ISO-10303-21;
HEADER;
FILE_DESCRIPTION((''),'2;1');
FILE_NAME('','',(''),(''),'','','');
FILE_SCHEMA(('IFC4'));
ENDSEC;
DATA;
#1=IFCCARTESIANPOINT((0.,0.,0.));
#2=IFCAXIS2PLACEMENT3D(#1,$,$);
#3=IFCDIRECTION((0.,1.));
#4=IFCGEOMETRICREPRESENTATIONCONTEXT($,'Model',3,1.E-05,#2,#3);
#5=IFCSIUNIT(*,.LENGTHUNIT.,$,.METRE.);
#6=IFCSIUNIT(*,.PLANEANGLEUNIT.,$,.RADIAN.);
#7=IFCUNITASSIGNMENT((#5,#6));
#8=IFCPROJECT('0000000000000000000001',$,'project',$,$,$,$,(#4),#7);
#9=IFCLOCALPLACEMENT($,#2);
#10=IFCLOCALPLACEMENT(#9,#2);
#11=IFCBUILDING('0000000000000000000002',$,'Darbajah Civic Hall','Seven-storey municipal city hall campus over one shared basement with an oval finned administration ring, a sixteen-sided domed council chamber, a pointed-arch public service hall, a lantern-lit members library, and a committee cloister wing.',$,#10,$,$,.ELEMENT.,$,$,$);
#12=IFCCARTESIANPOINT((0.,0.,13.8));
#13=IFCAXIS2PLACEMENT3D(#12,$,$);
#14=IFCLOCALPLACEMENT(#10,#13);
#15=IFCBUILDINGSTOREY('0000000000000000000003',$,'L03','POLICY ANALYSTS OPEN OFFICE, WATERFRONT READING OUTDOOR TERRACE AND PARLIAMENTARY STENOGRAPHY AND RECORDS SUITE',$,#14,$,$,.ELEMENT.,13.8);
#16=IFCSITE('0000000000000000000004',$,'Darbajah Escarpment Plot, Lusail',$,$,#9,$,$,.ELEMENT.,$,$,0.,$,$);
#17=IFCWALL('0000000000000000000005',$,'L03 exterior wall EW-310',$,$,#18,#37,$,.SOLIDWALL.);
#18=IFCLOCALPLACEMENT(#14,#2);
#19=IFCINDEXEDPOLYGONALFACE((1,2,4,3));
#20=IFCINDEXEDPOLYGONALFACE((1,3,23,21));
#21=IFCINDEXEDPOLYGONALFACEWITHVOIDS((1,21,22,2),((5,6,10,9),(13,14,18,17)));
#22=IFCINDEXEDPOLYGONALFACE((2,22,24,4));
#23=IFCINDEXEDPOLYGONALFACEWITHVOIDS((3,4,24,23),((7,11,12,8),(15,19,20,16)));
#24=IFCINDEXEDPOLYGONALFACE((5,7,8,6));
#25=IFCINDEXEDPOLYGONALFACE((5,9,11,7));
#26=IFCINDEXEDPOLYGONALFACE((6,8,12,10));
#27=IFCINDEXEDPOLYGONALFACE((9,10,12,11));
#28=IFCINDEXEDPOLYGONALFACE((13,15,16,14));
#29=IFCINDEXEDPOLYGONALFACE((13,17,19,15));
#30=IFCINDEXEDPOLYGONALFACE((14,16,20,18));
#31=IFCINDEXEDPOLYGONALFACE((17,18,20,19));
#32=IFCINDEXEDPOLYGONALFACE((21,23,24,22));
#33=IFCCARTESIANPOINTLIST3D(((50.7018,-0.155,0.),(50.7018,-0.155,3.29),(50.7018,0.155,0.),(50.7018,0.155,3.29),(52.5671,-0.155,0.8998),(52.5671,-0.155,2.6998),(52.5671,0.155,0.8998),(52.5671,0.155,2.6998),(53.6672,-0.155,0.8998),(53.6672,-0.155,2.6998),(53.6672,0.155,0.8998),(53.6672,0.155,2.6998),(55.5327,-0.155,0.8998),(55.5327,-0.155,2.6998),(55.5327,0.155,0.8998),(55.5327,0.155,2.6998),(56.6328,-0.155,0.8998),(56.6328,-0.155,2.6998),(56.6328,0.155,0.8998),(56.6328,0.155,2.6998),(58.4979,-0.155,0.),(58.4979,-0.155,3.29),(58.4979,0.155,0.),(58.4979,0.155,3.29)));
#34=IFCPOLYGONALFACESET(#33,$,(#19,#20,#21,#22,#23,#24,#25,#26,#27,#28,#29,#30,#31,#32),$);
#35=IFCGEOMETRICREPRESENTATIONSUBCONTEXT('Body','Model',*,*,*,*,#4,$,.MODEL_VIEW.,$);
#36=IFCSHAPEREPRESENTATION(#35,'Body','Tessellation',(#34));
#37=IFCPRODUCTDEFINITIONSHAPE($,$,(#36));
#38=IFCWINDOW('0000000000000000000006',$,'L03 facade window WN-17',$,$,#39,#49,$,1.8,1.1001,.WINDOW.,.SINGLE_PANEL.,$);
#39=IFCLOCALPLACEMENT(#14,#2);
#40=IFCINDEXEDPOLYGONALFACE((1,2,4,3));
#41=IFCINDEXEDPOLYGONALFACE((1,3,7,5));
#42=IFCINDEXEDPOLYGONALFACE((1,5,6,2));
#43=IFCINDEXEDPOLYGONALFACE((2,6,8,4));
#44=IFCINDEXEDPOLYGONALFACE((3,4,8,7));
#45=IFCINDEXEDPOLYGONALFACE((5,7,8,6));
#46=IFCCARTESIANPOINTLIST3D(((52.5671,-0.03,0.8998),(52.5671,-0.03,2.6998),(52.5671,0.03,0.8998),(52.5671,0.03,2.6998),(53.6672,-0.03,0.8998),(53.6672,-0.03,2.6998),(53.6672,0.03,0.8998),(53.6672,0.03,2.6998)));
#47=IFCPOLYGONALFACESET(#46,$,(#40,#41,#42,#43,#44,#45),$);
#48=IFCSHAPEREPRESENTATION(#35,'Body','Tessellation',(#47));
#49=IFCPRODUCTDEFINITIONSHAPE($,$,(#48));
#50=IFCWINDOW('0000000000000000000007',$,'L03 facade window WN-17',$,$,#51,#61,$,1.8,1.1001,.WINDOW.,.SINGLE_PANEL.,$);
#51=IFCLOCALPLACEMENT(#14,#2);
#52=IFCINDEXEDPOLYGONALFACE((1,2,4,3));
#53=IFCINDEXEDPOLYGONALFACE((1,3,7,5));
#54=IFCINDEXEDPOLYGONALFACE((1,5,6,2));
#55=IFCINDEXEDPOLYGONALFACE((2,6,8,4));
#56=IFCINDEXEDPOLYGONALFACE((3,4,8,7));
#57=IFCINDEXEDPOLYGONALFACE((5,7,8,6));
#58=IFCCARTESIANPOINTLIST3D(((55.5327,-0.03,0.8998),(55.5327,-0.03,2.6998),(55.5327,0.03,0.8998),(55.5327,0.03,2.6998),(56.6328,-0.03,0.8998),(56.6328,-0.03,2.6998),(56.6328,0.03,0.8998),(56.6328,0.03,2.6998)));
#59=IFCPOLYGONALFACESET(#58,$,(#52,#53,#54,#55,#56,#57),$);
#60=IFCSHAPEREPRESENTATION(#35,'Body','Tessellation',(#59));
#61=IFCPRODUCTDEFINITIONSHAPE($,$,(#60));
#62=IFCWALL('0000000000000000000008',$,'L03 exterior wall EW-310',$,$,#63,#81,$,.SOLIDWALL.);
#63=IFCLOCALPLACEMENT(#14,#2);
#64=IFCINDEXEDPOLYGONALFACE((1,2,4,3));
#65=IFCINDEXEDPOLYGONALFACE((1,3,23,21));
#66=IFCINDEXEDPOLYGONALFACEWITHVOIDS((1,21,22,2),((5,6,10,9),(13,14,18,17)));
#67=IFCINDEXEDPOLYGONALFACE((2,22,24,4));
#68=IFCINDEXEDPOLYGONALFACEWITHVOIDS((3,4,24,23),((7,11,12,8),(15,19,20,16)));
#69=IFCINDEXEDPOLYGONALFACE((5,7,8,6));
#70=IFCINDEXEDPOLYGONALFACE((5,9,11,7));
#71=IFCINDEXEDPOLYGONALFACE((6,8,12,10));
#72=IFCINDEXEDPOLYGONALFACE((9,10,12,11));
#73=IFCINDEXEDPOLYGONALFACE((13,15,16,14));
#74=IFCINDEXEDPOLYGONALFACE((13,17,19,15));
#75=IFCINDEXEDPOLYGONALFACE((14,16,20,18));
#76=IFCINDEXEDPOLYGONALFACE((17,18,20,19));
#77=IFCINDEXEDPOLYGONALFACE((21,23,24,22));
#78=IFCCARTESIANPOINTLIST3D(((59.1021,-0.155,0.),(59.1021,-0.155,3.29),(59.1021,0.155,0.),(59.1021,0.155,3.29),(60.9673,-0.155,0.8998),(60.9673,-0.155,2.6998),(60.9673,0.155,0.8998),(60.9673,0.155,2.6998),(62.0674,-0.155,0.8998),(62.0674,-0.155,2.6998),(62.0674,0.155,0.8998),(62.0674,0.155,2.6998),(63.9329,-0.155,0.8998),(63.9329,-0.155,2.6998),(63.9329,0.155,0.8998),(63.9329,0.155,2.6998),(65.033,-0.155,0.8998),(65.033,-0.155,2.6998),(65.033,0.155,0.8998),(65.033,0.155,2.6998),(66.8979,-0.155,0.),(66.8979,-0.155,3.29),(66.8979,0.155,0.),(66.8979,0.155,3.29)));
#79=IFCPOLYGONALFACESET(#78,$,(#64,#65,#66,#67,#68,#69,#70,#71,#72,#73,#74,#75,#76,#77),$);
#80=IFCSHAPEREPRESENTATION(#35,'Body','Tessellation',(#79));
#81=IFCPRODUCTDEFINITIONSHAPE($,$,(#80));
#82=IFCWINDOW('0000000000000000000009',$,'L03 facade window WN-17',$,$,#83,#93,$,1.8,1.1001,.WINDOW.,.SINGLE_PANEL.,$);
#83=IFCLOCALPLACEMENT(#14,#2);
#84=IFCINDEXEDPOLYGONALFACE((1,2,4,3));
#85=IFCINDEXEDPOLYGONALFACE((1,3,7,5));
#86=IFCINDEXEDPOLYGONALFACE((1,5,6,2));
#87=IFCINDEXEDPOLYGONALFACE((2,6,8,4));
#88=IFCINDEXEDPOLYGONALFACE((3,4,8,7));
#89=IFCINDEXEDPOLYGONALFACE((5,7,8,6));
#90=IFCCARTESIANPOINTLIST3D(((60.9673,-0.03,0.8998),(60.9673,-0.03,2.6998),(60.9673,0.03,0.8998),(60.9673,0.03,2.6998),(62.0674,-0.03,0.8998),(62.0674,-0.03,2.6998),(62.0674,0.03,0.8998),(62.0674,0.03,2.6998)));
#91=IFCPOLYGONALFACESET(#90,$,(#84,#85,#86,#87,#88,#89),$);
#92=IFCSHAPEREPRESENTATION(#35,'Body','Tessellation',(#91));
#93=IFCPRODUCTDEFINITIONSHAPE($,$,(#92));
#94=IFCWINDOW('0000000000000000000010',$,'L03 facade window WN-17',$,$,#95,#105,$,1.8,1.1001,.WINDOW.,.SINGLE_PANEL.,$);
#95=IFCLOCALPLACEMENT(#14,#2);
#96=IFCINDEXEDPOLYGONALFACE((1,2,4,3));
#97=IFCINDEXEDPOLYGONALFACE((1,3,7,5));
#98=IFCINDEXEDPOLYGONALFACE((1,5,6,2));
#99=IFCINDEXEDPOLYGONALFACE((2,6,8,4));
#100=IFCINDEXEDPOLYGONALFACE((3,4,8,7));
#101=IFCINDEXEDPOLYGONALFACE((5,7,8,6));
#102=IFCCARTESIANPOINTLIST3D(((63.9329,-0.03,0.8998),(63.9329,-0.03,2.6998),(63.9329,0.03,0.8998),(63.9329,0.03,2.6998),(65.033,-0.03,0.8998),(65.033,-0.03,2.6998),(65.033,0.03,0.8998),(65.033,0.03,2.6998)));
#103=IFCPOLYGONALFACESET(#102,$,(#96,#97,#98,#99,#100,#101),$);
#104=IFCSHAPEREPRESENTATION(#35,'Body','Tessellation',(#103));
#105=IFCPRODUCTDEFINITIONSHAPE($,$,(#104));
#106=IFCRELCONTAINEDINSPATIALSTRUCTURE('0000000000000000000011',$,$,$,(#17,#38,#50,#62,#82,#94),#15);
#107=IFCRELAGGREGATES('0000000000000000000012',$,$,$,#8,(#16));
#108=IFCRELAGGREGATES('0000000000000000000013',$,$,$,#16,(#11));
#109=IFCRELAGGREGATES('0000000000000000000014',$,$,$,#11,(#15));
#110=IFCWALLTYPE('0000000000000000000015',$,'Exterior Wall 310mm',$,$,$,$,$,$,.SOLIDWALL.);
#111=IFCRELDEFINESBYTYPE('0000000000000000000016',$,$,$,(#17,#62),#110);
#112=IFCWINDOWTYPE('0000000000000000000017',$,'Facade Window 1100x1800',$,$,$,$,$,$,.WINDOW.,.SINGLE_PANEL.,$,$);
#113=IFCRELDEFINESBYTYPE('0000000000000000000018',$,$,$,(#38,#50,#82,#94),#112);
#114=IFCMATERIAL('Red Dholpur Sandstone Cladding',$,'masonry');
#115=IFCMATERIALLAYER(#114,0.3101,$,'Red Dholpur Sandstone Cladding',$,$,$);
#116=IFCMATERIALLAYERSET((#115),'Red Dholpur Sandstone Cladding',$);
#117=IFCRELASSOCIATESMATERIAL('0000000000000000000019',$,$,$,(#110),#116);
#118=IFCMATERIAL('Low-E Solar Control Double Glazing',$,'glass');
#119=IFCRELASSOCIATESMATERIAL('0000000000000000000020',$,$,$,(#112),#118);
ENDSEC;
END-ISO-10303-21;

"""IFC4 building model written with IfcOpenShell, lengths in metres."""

from ifc_helpers import new_model, si_unit, direction, frame, frame_2d, origin, place, context, subcontext, project, spatial, rectangle, extrude, material, layer, layer_set, type_object, element, fill, save


model = new_model("IFC4")

# Units and contexts
model_context = context("Model", 3, precision=1e-05, world=origin(), true_north=direction((0.0, 1.0)))
body_context = subcontext(model_context, "Body", "Model", "MODEL_VIEW")
ifc_project = project(units=[si_unit("LENGTHUNIT", "METRE"), si_unit("PLANEANGLEUNIT", "RADIAN")], contexts=[model_context])

# Site, building, storey
site_placement = place(None, origin())
site = spatial("IfcSite", under=ifc_project, at=site_placement, Name="Darbajah Escarpment Plot, Lusail", CompositionType="ELEMENT", RefElevation=0.0)
building_placement = place(site_placement, origin())
building = spatial("IfcBuilding", under=site, at=building_placement, Name="Darbajah Civic Hall", Description="Seven-storey municipal city hall campus over one shared basement with an oval finned administration ring, a sixteen-sided domed council chamber, a pointed-arch public service hall, a lantern-lit members library, and a committee cloister wing.", CompositionType="ELEMENT")
storey_placement = place(building_placement, frame((0.0, 0.0, 13.8)))
storey = spatial("IfcBuildingStorey", under=building, at=storey_placement, Name="L03", Description="POLICY ANALYSTS OPEN OFFICE, WATERFRONT READING OUTDOOR TERRACE AND PARLIAMENTARY STENOGRAPHY AND RECORDS SUITE", CompositionType="ELEMENT", Elevation=13.8)

# Shared definitions
ifc_material_1 = material(Name="Low-E Solar Control Double Glazing", Category="glass")

# Walls, openings, windows
ifc_material_2 = material(Name="Red Dholpur Sandstone Cladding", Category="masonry")
ifc_layer_1 = layer(ifc_material_2, 0.3101, Name="Red Dholpur Sandstone Cladding")
ifc_layer_set_1 = layer_set([ifc_layer_1], Name="Red Dholpur Sandstone Cladding")
wall_type = type_object("IfcWallType", Name="Exterior Wall 310mm", PredefinedType="SOLIDWALL", material=ifc_layer_set_1)
wall_1_placement = place(storey_placement, frame((50.7019, 0.0, 0.0), z_axis=(0.0, 0.0, 1.0), x_axis=(1.0, 0.0, 0.0)))
wall_1 = element("IfcWall", 1, at=wall_1_placement, inside=storey, type_object=wall_type, Name="L03 exterior wall EW-310", PredefinedType="SOLIDWALL", context=body_context, shape_type="SweptSolid", body=[
    extrude(rectangle(XDim=7.7961, YDim=0.3101, at=frame_2d((3.8979, 0.0))), origin(), (0.0, 0.0, 1.0), 3.29),
])
opening_1_placement = place(wall_1_placement, frame((1.8652, 0.0, 0.8999)))
opening_1 = element("IfcOpeningElement", 2, at=opening_1_placement, cuts=wall_1, PredefinedType="OPENING", context=body_context, shape_type="SweptSolid", body=[
    extrude(rectangle(XDim=1.1001, YDim=1.8, at=frame_2d((0.55, 0.8999))), frame((0.0, 0.165, 0.0), z_axis=(0.0, -1.0, 0.0), x_axis=(1.0, 0.0, 0.0)), (0.0, 0.0, 1.0), 0.3301),
])
opening_2_placement = place(wall_1_placement, frame((4.8308, 0.0, 0.8999)))
opening_2 = element("IfcOpeningElement", 3, at=opening_2_placement, cuts=wall_1, PredefinedType="OPENING", context=body_context, shape_type="SweptSolid", body=[
    extrude(rectangle(XDim=1.1001, YDim=1.8, at=frame_2d((0.55, 0.8999))), frame((0.0, 0.165, 0.0), z_axis=(0.0, -1.0, 0.0), x_axis=(1.0, 0.0, 0.0)), (0.0, 0.0, 1.0), 0.3301),
])
window_type = type_object("IfcWindowType", Name="Facade Window 1100x1800", PartitioningType="SINGLE_PANEL", PredefinedType="WINDOW", material=ifc_material_1)
window_1_placement = place(opening_1_placement, origin())
window_1 = element("IfcWindow", 4, at=window_1_placement, inside=storey, type_object=window_type, Name="L03 facade window WN-17", OverallHeight=1.8, OverallWidth=1.1001, PartitioningType="SINGLE_PANEL", PredefinedType="WINDOW", context=body_context, shape_type="SweptSolid", body=[
    extrude(rectangle(XDim=1.1001, YDim=1.8, at=frame_2d((0.55, 0.8999))), frame((0.0, 0.03, 0.0), z_axis=(0.0, -1.0, 0.0), x_axis=(1.0, 0.0, 0.0)), (0.0, 0.0, 1.0), 0.0601),
])
fill(opening_1, window_1)
window_2_placement = place(opening_2_placement, origin())
window_2 = element("IfcWindow", 5, at=window_2_placement, inside=storey, type_object=window_type, Name="L03 facade window WN-17", OverallHeight=1.8, OverallWidth=1.1001, PartitioningType="SINGLE_PANEL", PredefinedType="WINDOW", context=body_context, shape_type="SweptSolid", body=[
    extrude(rectangle(XDim=1.1001, YDim=1.8, at=frame_2d((0.55, 0.8999))), frame((0.0, 0.03, 0.0), z_axis=(0.0, -1.0, 0.0), x_axis=(1.0, 0.0, 0.0)), (0.0, 0.0, 1.0), 0.0601),
])
fill(opening_2, window_2)
wall_2_placement = place(storey_placement, frame((59.1021, 0.0, 0.0), z_axis=(0.0, 0.0, 1.0), x_axis=(1.0, 0.0, 0.0)))
wall_2 = element("IfcWall", 6, at=wall_2_placement, inside=storey, type_object=wall_type, Name="L03 exterior wall EW-310", PredefinedType="SOLIDWALL", context=body_context, shape_type="SweptSolid", body=[
    extrude(rectangle(XDim=7.7959, YDim=0.3101, at=frame_2d((3.8979, 0.0))), origin(), (0.0, 0.0, 1.0), 3.29),
])
opening_3_placement = place(wall_2_placement, frame((1.8652, 0.0, 0.8999)))
opening_3 = element("IfcOpeningElement", 7, at=opening_3_placement, cuts=wall_2, PredefinedType="OPENING", context=body_context, shape_type="SweptSolid", body=[
    extrude(rectangle(XDim=1.1001, YDim=1.8, at=frame_2d((0.55, 0.8999))), frame((0.0, 0.165, 0.0), z_axis=(0.0, -1.0, 0.0), x_axis=(1.0, 0.0, 0.0)), (0.0, 0.0, 1.0), 0.3301),
])
opening_4_placement = place(wall_2_placement, frame((4.8308, 0.0, 0.8999)))
opening_4 = element("IfcOpeningElement", 8, at=opening_4_placement, cuts=wall_2, PredefinedType="OPENING", context=body_context, shape_type="SweptSolid", body=[
    extrude(rectangle(XDim=1.1001, YDim=1.8, at=frame_2d((0.55, 0.8999))), frame((0.0, 0.165, 0.0), z_axis=(0.0, -1.0, 0.0), x_axis=(1.0, 0.0, 0.0)), (0.0, 0.0, 1.0), 0.3301),
])
window_3_placement = place(opening_3_placement, origin())
window_3 = element("IfcWindow", 9, at=window_3_placement, inside=storey, type_object=window_type, Name="L03 facade window WN-17", OverallHeight=1.8, OverallWidth=1.1001, PartitioningType="SINGLE_PANEL", PredefinedType="WINDOW", context=body_context, shape_type="SweptSolid", body=[
    extrude(rectangle(XDim=1.1001, YDim=1.8, at=frame_2d((0.55, 0.8999))), frame((0.0, 0.03, 0.0), z_axis=(0.0, -1.0, 0.0), x_axis=(1.0, 0.0, 0.0)), (0.0, 0.0, 1.0), 0.0601),
])
fill(opening_3, window_3)
window_4_placement = place(opening_4_placement, origin())
window_4 = element("IfcWindow", 10, at=window_4_placement, inside=storey, type_object=window_type, Name="L03 facade window WN-17", OverallHeight=1.8, OverallWidth=1.1001, PartitioningType="SINGLE_PANEL", PredefinedType="WINDOW", context=body_context, shape_type="SweptSolid", body=[
    extrude(rectangle(XDim=1.1001, YDim=1.8, at=frame_2d((0.55, 0.8999))), frame((0.0, 0.03, 0.0), z_axis=(0.0, -1.0, 0.0), x_axis=(1.0, 0.0, 0.0)), (0.0, 0.0, 1.0), 0.0601),
])
fill(opening_4, window_4)

save(model, "model.ifc")
